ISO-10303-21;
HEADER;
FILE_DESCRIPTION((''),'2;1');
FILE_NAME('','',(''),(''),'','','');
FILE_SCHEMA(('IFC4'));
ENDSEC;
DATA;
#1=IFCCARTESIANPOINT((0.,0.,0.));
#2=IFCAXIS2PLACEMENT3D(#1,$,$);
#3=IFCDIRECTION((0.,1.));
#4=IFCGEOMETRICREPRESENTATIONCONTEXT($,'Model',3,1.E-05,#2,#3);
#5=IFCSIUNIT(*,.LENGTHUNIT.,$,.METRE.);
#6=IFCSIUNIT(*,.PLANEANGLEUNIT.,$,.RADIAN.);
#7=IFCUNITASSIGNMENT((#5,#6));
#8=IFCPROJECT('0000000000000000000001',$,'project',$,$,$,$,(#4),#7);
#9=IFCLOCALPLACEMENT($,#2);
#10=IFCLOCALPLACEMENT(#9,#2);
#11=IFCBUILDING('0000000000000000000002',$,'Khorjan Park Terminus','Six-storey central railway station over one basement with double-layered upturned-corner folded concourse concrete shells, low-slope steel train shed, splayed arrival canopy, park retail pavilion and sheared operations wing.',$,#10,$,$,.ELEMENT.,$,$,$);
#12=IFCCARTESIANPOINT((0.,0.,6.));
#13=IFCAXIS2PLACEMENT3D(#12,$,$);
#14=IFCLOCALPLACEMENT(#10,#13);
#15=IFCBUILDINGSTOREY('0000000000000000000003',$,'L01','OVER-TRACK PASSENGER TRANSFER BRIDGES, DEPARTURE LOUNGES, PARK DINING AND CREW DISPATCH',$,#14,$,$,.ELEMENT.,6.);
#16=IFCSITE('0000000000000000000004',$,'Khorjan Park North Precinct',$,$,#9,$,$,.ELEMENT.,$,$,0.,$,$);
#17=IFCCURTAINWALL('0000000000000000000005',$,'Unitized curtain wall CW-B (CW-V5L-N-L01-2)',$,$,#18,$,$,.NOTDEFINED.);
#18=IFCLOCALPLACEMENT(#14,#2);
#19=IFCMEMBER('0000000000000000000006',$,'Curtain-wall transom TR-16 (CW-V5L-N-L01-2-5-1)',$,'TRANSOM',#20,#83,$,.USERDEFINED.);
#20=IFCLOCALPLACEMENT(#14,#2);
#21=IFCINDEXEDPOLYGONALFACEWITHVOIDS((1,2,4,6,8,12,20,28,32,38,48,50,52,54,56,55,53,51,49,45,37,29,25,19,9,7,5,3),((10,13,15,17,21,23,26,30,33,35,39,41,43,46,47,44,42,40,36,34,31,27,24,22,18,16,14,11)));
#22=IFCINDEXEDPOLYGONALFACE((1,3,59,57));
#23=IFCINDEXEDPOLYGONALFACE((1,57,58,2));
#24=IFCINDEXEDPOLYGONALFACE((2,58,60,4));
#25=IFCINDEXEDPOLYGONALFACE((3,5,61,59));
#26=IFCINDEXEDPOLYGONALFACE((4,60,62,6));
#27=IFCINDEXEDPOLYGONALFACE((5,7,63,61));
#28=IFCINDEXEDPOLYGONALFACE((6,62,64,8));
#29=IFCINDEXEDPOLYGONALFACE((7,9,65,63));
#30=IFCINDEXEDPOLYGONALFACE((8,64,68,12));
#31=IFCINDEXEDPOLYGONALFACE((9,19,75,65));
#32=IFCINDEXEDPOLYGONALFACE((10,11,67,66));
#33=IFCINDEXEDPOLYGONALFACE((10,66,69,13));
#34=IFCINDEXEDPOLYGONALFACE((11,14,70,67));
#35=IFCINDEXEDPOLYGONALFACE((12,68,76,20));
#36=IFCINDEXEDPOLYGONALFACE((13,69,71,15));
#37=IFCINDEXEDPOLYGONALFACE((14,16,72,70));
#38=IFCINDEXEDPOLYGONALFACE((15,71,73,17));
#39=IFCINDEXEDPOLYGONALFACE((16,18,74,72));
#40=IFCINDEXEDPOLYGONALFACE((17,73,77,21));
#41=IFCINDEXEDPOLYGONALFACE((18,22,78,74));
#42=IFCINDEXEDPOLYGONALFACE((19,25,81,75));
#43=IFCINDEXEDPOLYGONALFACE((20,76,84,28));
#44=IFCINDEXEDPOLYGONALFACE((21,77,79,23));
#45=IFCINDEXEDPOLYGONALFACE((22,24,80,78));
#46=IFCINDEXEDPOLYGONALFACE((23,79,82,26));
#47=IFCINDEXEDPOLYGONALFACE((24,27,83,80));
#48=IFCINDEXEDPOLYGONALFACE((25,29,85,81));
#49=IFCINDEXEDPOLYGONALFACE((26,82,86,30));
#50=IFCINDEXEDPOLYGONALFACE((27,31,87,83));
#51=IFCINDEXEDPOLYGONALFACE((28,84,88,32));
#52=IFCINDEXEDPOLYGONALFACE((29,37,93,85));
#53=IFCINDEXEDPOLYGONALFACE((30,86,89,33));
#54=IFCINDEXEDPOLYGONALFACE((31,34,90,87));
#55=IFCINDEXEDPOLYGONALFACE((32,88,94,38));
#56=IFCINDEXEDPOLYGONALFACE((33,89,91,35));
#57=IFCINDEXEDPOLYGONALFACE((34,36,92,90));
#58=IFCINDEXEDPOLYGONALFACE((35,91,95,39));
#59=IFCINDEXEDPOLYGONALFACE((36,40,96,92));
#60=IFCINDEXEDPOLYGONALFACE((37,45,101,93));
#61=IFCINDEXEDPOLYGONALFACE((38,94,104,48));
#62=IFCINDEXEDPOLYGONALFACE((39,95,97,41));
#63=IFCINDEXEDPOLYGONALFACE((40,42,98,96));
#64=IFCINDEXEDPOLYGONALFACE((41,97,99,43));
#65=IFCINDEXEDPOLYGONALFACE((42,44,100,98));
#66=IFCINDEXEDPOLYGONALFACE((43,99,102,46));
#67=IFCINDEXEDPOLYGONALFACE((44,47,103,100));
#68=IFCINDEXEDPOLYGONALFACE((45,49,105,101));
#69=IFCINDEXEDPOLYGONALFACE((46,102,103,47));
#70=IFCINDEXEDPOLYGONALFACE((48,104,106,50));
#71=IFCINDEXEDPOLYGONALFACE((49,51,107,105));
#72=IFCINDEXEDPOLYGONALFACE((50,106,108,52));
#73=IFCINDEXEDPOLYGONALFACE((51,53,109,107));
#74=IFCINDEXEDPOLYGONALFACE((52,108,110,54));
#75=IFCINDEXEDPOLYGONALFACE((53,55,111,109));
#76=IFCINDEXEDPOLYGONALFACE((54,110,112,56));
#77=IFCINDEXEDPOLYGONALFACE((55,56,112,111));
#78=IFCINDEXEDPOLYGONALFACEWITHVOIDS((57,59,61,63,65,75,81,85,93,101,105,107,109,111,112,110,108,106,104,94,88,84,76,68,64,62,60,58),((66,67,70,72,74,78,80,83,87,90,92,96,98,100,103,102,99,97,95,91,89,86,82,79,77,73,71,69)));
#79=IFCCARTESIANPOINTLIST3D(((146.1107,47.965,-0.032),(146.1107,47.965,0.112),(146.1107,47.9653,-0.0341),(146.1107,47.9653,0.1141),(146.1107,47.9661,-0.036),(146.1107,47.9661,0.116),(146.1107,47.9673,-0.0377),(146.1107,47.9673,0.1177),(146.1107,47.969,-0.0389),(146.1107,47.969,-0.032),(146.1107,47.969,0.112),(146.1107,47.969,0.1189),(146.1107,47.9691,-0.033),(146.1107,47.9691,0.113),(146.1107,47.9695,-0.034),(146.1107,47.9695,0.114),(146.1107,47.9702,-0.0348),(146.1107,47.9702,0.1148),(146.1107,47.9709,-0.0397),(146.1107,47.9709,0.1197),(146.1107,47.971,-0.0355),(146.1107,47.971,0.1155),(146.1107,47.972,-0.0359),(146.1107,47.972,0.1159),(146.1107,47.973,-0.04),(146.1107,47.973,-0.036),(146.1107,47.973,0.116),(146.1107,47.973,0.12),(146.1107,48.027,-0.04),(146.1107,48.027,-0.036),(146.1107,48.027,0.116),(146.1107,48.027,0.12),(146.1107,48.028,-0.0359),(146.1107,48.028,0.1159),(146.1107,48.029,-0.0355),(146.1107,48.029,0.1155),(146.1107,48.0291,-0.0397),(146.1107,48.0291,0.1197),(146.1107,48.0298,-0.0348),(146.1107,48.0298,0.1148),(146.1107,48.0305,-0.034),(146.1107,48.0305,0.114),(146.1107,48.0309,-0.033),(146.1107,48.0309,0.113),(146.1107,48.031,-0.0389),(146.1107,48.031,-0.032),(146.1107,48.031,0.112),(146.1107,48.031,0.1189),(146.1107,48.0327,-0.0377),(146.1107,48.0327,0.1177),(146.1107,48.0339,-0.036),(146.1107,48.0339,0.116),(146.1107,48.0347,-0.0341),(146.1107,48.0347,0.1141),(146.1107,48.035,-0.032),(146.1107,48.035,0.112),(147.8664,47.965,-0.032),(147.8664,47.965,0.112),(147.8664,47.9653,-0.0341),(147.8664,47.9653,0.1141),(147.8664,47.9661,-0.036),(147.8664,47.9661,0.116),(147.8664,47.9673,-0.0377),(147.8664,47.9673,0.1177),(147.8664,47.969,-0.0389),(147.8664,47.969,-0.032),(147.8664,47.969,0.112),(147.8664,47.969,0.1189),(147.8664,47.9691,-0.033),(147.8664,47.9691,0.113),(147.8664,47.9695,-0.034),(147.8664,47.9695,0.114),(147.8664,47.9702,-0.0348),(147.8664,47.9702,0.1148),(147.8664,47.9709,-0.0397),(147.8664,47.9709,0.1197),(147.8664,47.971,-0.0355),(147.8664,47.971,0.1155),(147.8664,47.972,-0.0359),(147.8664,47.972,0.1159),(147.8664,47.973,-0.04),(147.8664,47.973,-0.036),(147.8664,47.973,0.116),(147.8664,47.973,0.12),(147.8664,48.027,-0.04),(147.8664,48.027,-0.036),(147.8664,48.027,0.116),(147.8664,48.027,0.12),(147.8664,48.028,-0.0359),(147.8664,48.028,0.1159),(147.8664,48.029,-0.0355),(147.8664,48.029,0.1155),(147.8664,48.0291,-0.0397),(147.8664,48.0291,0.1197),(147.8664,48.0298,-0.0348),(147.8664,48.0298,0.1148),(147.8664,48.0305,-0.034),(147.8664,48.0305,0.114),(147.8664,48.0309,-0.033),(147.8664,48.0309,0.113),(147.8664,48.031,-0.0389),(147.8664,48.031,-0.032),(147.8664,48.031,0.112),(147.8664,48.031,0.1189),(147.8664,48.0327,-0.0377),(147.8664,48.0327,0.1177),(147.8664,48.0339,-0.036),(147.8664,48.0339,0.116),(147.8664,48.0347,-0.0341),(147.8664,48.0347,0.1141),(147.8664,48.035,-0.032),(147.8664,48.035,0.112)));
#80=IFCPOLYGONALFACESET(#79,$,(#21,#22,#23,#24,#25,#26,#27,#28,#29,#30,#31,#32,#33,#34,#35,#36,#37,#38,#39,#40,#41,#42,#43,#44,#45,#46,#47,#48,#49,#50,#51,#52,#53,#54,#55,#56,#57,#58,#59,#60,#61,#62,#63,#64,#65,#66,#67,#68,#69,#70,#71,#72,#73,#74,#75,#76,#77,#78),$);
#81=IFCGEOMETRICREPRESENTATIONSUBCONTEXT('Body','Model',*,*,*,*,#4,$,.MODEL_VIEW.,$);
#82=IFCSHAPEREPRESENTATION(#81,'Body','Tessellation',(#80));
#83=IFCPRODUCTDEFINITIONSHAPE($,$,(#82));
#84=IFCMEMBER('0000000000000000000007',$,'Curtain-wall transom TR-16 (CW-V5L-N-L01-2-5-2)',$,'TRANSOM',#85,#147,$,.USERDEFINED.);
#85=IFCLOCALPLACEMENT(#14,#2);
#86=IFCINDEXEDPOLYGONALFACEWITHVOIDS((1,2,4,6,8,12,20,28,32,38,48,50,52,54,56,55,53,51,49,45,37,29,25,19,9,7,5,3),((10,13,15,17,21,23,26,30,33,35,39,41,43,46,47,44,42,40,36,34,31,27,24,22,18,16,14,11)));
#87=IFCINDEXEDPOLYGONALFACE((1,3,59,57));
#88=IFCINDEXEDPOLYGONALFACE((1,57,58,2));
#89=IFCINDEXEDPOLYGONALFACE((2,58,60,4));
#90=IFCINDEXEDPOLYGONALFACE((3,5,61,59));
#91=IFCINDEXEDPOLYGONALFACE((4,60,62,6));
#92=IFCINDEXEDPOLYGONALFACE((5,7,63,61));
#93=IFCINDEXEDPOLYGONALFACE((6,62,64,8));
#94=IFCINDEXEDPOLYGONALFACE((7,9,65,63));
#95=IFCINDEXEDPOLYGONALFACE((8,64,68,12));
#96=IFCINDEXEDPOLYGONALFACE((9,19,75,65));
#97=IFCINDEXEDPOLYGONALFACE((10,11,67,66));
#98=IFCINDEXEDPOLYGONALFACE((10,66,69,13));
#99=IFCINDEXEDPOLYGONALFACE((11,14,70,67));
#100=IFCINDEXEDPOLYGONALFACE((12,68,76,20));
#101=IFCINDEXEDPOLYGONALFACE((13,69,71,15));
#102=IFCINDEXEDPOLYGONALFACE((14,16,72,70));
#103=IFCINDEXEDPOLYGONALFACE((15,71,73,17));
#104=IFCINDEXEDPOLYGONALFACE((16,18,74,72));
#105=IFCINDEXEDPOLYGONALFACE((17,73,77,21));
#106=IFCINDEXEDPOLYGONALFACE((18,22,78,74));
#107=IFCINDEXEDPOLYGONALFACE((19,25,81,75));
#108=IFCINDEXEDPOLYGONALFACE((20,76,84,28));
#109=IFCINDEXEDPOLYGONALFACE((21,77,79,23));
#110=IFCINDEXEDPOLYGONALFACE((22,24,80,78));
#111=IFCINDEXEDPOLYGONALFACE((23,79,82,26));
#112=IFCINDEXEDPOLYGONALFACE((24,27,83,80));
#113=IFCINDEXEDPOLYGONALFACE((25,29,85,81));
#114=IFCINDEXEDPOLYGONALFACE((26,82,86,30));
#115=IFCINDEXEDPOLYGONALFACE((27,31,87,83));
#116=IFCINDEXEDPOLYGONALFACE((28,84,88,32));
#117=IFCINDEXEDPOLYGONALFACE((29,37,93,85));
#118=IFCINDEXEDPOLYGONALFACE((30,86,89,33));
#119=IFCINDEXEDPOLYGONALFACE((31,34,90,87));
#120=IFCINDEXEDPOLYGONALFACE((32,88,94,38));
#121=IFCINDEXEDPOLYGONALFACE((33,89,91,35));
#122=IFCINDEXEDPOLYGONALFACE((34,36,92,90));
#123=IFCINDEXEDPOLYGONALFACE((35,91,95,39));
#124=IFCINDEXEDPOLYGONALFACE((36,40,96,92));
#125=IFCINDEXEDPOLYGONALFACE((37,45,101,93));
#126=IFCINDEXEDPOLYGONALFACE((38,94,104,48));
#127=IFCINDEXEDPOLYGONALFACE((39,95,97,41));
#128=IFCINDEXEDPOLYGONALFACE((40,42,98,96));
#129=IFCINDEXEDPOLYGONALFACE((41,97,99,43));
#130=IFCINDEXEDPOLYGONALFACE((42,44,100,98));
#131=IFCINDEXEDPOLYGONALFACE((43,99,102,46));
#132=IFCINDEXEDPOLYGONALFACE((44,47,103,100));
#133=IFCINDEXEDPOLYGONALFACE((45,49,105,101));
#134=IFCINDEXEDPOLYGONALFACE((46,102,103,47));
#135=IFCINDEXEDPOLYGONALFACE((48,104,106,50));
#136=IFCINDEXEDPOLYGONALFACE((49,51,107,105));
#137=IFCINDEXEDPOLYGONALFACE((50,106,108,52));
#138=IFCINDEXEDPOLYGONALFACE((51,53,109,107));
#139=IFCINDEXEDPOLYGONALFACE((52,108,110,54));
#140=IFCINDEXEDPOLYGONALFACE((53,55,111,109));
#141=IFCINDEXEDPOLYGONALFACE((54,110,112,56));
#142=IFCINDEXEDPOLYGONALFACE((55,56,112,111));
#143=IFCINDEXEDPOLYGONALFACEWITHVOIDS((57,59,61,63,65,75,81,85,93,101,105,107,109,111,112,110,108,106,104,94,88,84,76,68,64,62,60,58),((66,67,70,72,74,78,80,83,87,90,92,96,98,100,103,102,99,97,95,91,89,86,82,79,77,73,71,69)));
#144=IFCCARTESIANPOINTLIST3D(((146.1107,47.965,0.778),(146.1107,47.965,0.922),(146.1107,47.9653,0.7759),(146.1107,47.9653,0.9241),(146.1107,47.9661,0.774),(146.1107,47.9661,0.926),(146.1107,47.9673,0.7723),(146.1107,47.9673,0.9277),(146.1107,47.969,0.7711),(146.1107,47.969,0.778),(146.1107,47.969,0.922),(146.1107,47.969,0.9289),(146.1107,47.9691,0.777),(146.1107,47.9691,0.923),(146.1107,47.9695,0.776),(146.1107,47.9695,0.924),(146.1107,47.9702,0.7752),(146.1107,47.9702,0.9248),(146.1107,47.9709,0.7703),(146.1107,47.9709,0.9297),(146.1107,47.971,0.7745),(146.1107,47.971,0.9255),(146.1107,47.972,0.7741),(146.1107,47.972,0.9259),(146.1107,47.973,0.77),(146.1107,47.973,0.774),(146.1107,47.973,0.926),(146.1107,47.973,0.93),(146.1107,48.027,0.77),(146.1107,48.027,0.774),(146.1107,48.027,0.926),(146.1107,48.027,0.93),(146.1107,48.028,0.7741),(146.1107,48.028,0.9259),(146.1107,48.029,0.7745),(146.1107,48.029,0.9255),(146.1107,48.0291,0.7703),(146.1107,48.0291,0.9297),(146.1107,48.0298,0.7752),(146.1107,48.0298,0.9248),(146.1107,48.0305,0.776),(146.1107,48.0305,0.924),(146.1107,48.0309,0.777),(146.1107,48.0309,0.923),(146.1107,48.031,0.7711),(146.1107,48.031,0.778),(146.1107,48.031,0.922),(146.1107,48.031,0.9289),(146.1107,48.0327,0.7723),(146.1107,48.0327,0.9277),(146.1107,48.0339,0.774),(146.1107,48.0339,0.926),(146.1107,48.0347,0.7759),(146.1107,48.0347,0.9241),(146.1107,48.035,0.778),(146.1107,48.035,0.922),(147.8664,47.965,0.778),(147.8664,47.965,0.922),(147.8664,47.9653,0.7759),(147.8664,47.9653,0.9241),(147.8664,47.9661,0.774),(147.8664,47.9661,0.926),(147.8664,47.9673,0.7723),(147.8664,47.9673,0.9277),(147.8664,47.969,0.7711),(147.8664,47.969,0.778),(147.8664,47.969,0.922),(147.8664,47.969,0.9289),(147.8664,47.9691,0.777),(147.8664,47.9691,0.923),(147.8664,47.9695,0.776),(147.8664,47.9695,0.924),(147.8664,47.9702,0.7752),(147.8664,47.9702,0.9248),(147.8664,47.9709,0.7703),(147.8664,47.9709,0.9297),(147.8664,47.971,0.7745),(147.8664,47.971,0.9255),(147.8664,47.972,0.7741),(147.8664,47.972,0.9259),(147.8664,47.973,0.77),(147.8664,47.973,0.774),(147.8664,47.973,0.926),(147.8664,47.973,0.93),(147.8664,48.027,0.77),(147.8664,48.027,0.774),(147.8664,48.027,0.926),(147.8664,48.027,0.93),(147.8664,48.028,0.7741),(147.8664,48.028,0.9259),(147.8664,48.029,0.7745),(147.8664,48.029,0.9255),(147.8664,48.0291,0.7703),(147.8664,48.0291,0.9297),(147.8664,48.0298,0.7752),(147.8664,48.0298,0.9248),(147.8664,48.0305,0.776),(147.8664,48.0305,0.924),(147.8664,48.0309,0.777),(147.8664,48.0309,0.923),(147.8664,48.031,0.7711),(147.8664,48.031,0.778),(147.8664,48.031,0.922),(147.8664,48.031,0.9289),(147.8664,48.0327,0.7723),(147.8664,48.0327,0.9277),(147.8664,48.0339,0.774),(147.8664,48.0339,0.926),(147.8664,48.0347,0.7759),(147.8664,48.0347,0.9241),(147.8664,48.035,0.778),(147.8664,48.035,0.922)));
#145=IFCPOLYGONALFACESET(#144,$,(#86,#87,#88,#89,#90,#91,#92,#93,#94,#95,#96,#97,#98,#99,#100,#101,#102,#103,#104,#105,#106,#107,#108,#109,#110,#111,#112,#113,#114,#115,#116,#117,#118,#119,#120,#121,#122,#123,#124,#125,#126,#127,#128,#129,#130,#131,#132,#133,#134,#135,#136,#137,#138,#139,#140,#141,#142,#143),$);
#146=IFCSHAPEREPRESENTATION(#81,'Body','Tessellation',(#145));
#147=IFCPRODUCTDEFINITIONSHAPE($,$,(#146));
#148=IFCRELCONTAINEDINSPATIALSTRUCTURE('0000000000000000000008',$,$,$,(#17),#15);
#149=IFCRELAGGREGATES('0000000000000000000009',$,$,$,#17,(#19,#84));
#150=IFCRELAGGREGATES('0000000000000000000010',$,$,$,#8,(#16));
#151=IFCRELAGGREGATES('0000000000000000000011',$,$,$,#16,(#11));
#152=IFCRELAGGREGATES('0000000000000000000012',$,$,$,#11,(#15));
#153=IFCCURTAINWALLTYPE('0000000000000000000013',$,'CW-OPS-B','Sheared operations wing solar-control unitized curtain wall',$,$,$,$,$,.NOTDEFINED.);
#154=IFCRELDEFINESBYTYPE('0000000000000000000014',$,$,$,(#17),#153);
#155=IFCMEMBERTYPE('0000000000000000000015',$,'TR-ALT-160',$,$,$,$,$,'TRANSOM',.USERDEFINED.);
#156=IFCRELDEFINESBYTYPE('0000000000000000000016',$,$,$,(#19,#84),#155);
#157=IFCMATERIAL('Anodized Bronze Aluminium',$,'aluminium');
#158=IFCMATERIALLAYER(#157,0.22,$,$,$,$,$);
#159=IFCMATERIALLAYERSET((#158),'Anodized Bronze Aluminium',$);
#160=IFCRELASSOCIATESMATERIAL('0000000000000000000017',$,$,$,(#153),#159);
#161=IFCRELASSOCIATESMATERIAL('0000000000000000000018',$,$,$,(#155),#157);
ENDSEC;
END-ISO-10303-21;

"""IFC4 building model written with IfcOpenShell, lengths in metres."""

from ifc_helpers import new_model, si_unit, direction, frame, origin, origin_2d, place, context, subcontext, project, spatial, hollow_rectangle, extrude, material, layer, layer_set, material_profile, profile_set, type_object, element, aggregate, save


model = new_model("IFC4")

# Units and contexts
model_context = context("Model", 3, precision=1e-05, world=origin(), true_north=direction((0.0, 1.0)))
body_context = subcontext(model_context, "Body", "Model", "MODEL_VIEW")
ifc_project = project(units=[si_unit("LENGTHUNIT", "METRE"), si_unit("PLANEANGLEUNIT", "RADIAN")], contexts=[model_context])

# Site, building, storey
site_placement = place(None, origin())
site = spatial("IfcSite", under=ifc_project, at=site_placement, Name="Khorjan Park North Precinct", CompositionType="ELEMENT", RefElevation=0.0)
building_placement = place(site_placement, origin())
building = spatial("IfcBuilding", under=site, at=building_placement, Name="Khorjan Park Terminus", Description="Six-storey central railway station over one basement with double-layered upturned-corner folded concourse concrete shells, low-slope steel train shed, splayed arrival canopy, park retail pavilion and sheared operations wing.", CompositionType="ELEMENT")
storey_placement = place(building_placement, frame((0.0, 0.0, 6.0)))
storey = spatial("IfcBuildingStorey", under=building, at=storey_placement, Name="L01", Description="OVER-TRACK PASSENGER TRANSFER BRIDGES, DEPARTURE LOUNGES, PARK DINING AND CREW DISPATCH", CompositionType="ELEMENT", Elevation=6.0)

# Curtain wall, members
ifc_material_1 = material(Name="Anodized Bronze Aluminium", Category="aluminium")
ifc_layer_1 = layer(ifc_material_1, 0.22)
ifc_layer_set_1 = layer_set([ifc_layer_1], Name="Anodized Bronze Aluminium")
curtain_wall_type = type_object("IfcCurtainWallType", Name="CW-OPS-B", Description="Sheared operations wing solar-control unitized curtain wall", PredefinedType="NOTDEFINED", material=ifc_layer_set_1)
curtain_wall_placement = place(storey_placement, origin())
curtain_wall = element("IfcCurtainWall", 1, at=curtain_wall_placement, inside=storey, type_object=curtain_wall_type, Name="Unitized curtain wall CW-B (CW-V5L-N-L01-2)", PredefinedType="NOTDEFINED")
ifc_material_profile_1 = material_profile(ifc_material_1, hollow_rectangle(XDim=0.07, YDim=0.16, WallThickness=0.004, InnerFilletRadius=0.004, OuterFilletRadius=0.008, at=origin_2d()), Name="ALT 70x160x4")
ifc_profile_set_1 = profile_set([ifc_material_profile_1], Name="Anodized Bronze Aluminium")
member_type_1 = type_object("IfcMemberType", Name="TR-ALT-160", ElementType="TRANSOM", PredefinedType="USERDEFINED", material=ifc_profile_set_1)
member_1_placement = place(storey_placement, frame((147.8664, 48.0, 0.04), z_axis=(-1.0, 0.0, 0.0), x_axis=(0.0, -1.0, 0.0)))
member_1 = element("IfcMember", 2, at=member_1_placement, type_object=member_type_1, Name="Curtain-wall transom TR-16 (CW-V5L-N-L01-2-5-1)", ObjectType="TRANSOM", PredefinedType="USERDEFINED", context=body_context, shape_type="SweptSolid", body=[
    extrude(hollow_rectangle(XDim=0.07, YDim=0.16, WallThickness=0.004, InnerFilletRadius=0.004, OuterFilletRadius=0.008, at=origin_2d()), origin(), (0.0, 0.0, 1.0), 1.7557),
])
member_2_placement = place(storey_placement, frame((147.8664, 48.0, 0.85), z_axis=(-1.0, 0.0, 0.0), x_axis=(0.0, -1.0, 0.0)))
member_2 = element("IfcMember", 3, at=member_2_placement, type_object=member_type_1, Name="Curtain-wall transom TR-16 (CW-V5L-N-L01-2-5-2)", ObjectType="TRANSOM", PredefinedType="USERDEFINED", context=body_context, shape_type="SweptSolid", body=[
    extrude(hollow_rectangle(XDim=0.07, YDim=0.16, WallThickness=0.004, InnerFilletRadius=0.004, OuterFilletRadius=0.008, at=origin_2d()), origin(), (0.0, 0.0, 1.0), 1.7557),
])
aggregate(curtain_wall, [member_1, member_2])

save(model, "model.ifc")
